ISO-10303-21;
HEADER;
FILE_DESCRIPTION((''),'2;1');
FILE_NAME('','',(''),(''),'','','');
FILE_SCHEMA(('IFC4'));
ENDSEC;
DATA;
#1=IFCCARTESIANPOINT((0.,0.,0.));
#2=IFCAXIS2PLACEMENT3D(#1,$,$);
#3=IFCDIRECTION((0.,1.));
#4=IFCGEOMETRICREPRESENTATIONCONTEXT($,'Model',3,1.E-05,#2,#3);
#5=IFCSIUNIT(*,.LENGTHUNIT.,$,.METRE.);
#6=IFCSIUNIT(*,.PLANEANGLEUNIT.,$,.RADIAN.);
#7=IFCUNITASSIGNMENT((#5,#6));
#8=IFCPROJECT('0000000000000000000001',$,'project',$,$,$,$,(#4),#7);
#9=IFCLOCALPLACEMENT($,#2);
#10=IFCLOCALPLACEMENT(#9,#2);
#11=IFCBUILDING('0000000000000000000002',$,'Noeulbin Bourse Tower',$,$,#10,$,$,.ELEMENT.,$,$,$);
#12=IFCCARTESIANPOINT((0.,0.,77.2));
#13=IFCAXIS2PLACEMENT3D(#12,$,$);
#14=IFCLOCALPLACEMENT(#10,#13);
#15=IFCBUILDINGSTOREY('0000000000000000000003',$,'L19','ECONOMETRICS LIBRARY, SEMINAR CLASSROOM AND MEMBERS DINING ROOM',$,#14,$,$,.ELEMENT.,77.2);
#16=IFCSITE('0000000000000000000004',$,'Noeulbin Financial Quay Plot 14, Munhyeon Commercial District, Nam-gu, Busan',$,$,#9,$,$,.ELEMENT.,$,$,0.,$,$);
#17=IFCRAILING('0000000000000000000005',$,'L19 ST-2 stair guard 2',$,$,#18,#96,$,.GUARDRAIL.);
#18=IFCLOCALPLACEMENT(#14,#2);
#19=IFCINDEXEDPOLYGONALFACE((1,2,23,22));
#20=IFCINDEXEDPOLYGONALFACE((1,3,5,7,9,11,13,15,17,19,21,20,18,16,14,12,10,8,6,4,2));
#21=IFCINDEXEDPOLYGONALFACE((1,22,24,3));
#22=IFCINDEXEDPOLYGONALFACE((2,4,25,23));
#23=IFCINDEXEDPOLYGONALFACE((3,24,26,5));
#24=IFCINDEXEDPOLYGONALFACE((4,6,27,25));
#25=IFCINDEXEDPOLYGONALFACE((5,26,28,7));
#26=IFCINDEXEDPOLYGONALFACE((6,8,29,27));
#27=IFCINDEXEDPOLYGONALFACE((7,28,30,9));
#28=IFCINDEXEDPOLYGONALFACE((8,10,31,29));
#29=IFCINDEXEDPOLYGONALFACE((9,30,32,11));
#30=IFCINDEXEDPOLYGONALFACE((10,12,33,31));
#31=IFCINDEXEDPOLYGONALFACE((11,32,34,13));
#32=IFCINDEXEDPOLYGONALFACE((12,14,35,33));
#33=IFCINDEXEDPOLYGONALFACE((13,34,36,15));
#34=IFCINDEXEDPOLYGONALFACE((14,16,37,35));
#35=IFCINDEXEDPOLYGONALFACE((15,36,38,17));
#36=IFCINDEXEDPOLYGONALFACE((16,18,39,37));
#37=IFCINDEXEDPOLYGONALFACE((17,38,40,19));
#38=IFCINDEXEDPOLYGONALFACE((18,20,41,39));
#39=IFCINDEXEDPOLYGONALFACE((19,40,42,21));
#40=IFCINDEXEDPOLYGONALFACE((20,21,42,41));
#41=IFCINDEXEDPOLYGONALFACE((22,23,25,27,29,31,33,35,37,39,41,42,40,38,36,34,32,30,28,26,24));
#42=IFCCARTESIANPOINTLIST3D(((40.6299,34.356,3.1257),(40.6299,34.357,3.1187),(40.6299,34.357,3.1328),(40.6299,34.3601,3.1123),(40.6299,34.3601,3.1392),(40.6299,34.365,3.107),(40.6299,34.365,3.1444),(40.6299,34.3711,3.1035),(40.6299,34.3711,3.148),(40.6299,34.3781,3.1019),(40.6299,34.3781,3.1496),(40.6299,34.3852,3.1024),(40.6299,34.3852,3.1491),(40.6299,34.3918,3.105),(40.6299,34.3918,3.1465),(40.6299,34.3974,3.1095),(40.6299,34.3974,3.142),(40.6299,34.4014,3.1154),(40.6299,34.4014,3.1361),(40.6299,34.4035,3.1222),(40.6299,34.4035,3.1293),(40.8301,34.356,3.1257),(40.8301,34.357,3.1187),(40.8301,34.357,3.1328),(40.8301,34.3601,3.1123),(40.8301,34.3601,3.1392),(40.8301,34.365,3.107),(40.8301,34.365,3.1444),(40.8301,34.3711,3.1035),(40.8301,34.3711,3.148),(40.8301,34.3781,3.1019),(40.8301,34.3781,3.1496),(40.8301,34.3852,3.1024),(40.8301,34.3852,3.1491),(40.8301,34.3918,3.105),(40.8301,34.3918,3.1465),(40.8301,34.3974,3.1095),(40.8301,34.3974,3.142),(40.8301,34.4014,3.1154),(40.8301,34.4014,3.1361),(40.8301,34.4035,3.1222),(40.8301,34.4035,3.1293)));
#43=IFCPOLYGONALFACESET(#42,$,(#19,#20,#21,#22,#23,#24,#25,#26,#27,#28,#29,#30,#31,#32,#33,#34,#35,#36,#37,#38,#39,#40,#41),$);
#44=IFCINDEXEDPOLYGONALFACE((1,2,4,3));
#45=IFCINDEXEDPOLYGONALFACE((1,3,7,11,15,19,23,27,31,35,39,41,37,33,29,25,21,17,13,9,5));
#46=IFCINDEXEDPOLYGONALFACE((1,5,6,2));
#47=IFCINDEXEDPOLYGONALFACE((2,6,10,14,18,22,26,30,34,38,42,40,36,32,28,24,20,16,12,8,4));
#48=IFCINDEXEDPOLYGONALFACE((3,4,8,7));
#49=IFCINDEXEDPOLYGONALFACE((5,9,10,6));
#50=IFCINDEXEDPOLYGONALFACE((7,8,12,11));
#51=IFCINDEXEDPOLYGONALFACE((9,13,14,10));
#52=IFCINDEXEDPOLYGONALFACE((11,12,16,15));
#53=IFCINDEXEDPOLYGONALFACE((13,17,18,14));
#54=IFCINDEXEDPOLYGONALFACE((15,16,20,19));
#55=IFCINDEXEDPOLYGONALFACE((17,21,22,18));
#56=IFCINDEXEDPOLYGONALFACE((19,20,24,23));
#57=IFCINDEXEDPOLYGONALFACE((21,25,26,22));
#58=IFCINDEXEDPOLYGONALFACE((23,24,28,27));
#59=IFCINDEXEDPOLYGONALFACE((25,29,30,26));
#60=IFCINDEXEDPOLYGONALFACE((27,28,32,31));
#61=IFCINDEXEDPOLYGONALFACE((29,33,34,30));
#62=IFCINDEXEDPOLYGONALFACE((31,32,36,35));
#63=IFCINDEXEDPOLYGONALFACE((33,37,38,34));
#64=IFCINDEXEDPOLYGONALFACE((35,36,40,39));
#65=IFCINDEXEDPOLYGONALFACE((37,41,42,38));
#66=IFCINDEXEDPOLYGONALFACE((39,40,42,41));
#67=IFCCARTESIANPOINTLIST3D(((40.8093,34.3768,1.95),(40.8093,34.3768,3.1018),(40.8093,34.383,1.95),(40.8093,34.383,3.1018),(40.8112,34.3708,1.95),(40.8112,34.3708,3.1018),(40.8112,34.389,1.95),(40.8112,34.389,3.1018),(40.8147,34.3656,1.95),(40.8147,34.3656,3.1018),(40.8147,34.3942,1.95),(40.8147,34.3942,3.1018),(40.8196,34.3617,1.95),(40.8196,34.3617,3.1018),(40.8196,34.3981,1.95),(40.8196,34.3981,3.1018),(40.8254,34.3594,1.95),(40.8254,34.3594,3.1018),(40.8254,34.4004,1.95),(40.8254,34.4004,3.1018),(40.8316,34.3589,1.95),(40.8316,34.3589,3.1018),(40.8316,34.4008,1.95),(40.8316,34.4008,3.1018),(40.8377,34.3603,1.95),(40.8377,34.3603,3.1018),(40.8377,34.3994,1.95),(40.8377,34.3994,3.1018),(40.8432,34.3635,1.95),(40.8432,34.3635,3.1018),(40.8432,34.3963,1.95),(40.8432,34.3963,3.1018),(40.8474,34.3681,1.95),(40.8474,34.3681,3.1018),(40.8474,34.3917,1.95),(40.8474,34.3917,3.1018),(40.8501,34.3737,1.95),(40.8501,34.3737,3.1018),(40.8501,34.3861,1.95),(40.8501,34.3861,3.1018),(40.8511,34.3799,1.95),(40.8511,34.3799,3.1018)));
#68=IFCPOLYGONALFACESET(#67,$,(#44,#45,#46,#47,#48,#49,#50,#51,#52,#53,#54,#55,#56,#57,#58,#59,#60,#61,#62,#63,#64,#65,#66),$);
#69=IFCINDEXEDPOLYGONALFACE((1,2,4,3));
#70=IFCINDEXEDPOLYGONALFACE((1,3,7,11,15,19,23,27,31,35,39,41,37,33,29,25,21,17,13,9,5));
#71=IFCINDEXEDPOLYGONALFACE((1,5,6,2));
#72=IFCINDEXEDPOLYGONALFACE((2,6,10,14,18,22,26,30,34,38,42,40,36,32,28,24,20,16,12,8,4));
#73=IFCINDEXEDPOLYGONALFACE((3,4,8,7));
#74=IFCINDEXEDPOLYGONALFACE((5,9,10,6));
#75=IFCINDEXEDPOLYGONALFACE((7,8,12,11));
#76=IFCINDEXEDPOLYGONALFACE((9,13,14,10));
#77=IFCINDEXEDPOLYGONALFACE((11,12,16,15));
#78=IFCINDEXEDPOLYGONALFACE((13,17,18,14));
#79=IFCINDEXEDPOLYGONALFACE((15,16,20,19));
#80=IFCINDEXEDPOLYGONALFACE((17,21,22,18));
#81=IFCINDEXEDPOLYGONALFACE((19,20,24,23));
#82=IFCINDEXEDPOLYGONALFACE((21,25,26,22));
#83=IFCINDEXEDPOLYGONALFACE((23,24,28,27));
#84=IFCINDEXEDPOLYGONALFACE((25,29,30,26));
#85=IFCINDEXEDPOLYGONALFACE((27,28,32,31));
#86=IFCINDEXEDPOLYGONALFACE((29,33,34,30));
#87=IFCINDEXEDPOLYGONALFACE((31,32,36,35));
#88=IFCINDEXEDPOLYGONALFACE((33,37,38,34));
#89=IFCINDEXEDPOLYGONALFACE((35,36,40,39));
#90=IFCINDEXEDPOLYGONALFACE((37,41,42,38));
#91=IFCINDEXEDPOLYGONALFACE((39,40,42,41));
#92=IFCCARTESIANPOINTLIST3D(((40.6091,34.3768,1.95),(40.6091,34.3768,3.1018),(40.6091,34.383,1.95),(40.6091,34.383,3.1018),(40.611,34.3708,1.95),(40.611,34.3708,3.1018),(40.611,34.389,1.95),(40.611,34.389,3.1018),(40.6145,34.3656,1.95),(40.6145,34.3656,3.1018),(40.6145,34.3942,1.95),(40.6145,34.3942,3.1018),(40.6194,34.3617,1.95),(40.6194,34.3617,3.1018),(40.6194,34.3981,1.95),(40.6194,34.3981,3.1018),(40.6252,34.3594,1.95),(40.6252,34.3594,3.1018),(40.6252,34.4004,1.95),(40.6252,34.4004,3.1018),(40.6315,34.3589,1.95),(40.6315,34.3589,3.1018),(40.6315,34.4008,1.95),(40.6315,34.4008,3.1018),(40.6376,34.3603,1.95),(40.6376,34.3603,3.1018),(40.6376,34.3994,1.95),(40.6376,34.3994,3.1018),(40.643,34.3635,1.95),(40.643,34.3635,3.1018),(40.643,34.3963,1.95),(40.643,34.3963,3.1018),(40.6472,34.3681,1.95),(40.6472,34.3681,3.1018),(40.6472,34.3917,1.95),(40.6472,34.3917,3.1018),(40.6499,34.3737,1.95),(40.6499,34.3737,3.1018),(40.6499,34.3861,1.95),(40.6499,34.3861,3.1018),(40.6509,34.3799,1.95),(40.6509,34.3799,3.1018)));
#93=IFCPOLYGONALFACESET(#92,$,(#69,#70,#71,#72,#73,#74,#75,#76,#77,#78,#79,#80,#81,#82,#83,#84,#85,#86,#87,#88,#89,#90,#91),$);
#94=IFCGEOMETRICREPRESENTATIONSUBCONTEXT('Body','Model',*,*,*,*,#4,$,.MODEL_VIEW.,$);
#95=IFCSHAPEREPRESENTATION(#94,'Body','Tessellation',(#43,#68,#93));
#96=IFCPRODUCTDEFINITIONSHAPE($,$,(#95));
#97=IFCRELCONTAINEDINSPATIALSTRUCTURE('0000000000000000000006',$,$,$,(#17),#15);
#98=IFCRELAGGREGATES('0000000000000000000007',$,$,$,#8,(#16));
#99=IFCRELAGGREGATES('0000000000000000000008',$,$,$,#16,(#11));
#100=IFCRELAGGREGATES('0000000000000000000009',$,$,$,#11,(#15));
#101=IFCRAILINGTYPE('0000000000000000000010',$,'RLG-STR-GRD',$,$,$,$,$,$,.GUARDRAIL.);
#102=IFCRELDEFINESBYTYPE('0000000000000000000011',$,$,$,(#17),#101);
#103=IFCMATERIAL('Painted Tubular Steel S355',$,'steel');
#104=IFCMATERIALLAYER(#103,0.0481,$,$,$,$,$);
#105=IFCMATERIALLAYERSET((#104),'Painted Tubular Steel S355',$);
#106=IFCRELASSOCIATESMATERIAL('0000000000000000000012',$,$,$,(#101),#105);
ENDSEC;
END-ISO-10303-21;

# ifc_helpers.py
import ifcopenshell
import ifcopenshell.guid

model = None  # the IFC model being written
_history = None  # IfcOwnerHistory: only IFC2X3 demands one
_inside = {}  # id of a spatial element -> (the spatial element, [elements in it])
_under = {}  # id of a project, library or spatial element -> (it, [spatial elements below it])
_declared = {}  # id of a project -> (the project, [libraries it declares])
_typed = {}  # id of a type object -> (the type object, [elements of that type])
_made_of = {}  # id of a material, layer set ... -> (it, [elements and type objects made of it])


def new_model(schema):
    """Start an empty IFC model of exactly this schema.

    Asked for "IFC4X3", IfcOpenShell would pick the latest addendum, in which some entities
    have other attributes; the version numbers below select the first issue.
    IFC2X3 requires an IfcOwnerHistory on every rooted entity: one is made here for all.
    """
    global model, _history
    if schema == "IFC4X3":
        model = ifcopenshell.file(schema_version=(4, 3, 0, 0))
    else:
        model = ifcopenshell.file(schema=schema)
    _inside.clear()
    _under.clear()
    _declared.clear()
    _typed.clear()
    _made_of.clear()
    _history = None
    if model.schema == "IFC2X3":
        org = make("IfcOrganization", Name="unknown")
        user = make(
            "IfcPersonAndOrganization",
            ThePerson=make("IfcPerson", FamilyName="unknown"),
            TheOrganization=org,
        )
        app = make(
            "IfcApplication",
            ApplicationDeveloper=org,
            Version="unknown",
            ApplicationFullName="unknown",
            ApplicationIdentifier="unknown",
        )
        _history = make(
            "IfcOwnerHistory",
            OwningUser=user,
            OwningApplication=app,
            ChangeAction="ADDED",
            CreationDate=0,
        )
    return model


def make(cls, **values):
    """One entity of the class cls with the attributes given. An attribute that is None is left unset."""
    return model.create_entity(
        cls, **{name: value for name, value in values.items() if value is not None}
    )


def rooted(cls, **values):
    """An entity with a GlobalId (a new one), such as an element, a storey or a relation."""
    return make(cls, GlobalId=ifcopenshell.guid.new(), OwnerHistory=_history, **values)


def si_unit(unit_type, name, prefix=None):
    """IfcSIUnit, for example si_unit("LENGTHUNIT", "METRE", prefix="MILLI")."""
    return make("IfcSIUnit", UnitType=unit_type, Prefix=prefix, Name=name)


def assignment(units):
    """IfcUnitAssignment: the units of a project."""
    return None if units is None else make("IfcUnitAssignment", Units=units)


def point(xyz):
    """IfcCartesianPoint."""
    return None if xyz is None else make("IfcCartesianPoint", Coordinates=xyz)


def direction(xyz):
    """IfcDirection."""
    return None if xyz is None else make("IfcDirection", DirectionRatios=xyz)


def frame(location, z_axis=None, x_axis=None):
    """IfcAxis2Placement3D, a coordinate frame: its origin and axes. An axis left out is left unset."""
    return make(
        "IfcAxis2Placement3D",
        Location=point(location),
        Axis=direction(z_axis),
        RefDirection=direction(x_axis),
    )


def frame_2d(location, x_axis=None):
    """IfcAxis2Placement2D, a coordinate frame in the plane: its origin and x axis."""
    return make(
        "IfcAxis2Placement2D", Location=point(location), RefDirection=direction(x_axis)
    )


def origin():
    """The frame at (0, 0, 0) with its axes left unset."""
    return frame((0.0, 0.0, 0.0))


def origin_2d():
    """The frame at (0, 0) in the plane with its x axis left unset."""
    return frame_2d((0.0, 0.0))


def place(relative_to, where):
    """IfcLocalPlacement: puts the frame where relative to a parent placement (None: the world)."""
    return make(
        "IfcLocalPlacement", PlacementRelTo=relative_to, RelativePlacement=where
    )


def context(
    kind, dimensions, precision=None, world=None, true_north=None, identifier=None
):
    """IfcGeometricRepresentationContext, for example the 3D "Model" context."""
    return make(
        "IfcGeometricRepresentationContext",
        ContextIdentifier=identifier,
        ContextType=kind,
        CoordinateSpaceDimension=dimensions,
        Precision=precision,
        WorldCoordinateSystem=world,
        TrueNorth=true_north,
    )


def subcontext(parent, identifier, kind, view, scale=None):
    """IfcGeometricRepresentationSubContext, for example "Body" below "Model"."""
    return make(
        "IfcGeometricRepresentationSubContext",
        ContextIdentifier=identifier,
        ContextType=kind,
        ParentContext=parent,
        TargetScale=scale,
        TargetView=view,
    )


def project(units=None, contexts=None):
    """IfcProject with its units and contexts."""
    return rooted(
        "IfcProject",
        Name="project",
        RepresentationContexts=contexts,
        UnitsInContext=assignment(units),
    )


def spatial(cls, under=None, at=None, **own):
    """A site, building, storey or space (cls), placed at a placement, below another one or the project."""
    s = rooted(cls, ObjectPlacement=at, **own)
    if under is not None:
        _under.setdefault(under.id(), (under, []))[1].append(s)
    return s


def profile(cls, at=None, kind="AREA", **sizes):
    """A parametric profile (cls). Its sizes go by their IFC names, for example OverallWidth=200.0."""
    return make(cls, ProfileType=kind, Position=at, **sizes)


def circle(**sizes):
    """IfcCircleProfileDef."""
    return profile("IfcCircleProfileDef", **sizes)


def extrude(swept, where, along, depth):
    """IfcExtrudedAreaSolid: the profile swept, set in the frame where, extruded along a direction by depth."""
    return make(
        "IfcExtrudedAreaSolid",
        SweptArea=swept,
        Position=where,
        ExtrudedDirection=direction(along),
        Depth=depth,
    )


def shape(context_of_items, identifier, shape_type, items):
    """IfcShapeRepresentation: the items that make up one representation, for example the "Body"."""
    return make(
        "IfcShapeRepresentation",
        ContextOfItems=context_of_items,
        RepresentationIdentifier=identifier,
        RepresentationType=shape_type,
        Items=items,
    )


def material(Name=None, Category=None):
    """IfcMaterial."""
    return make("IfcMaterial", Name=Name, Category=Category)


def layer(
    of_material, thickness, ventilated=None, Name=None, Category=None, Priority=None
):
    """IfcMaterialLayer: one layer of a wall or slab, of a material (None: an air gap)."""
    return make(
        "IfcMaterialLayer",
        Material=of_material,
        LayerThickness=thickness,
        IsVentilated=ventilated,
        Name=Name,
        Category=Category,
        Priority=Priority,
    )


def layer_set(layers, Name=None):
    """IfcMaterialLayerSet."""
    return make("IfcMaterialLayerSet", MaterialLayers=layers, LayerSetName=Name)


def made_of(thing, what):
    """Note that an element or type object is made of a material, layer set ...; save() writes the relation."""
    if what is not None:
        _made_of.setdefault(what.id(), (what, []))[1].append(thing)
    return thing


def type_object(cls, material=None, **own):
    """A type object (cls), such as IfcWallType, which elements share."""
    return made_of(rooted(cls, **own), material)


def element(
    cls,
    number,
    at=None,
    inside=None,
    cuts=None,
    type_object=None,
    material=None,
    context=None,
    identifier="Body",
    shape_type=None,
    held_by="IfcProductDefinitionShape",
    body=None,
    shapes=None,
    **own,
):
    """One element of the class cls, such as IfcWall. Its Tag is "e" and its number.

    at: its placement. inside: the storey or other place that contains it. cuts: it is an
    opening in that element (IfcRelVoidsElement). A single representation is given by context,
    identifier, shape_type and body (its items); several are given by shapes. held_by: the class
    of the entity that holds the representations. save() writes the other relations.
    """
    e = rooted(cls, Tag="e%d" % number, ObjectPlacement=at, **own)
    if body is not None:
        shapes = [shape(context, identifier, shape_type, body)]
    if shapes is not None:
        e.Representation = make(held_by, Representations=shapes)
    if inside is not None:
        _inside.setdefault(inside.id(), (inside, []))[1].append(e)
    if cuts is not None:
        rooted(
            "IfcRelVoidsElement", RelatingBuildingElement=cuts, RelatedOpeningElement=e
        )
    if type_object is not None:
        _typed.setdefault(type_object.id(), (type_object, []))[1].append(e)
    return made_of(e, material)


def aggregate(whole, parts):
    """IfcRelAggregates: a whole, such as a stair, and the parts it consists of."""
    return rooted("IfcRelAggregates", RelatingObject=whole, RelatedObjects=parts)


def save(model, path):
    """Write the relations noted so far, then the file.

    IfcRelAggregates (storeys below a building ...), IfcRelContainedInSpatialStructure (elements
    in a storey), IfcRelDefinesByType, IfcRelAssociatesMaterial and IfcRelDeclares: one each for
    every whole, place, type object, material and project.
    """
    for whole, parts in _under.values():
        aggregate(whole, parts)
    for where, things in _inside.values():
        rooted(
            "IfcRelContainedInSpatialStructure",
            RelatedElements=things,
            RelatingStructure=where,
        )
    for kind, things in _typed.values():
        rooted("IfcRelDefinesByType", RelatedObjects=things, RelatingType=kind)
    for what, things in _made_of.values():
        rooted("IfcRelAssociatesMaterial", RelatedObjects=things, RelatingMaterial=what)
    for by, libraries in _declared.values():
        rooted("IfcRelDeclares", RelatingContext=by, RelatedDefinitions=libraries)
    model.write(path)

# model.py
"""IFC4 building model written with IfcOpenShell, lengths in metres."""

from ifc_helpers import new_model, si_unit, direction, frame, origin, origin_2d, place, context, subcontext, project, spatial, circle, extrude, material, layer, layer_set, type_object, element, save


model = new_model("IFC4")

# Units and contexts
model_context = context("Model", 3, precision=1e-05, world=origin(), true_north=direction((0.0, 1.0)))
body_context = subcontext(model_context, "Body", "Model", "MODEL_VIEW")
ifc_project = project(units=[si_unit("LENGTHUNIT", "METRE"), si_unit("PLANEANGLEUNIT", "RADIAN")], contexts=[model_context])

# Site, building, storey
site_placement = place(None, origin())
site = spatial("IfcSite", under=ifc_project, at=site_placement, Name="Noeulbin Financial Quay Plot 14, Munhyeon Commercial District, Nam-gu, Busan", CompositionType="ELEMENT", RefElevation=0.0)
building_placement = place(site_placement, origin())
building = spatial("IfcBuilding", under=site, at=building_placement, Name="Noeulbin Bourse Tower", CompositionType="ELEMENT")
storey_placement = place(building_placement, frame((0.0, 0.0, 77.2)))
storey = spatial("IfcBuildingStorey", under=building, at=storey_placement, Name="L19", Description="ECONOMETRICS LIBRARY, SEMINAR CLASSROOM AND MEMBERS DINING ROOM", CompositionType="ELEMENT", Elevation=77.2)

# Railing
ifc_material_1 = material(Name="Painted Tubular Steel S355", Category="steel")
ifc_layer_1 = layer(ifc_material_1, 0.0481)
ifc_layer_set_1 = layer_set([ifc_layer_1], Name="Painted Tubular Steel S355")
railing_type_1 = type_object("IfcRailingType", Name="RLG-STR-GRD", PredefinedType="GUARDRAIL", material=ifc_layer_set_1)
railing_1_placement = place(storey_placement, frame((40.8301, 34.3799, 1.95)))
element("IfcRailing", 1, at=railing_1_placement, inside=storey, type_object=railing_type_1, Name="L19 ST-2 stair guard 2", PredefinedType="GUARDRAIL", context=body_context, shape_type="SweptSolid", body=[
    extrude(circle(Radius=0.0239, at=origin_2d()), frame((0.0, 0.0, 1.1758), z_axis=(-1.0, 0.0, 0.0), x_axis=(0.0, -1.0, 0.0)), (0.0, 0.0, 1.0), 0.2002),
    extrude(circle(Radius=0.021, at=origin_2d()), origin(), (0.0, 0.0, 1.0), 1.1519),
    extrude(circle(Radius=0.021, at=origin_2d()), frame((-0.2002, 0.0, 0.0)), (0.0, 0.0, 1.0), 1.1519),
])

save(model, "model.ifc")
